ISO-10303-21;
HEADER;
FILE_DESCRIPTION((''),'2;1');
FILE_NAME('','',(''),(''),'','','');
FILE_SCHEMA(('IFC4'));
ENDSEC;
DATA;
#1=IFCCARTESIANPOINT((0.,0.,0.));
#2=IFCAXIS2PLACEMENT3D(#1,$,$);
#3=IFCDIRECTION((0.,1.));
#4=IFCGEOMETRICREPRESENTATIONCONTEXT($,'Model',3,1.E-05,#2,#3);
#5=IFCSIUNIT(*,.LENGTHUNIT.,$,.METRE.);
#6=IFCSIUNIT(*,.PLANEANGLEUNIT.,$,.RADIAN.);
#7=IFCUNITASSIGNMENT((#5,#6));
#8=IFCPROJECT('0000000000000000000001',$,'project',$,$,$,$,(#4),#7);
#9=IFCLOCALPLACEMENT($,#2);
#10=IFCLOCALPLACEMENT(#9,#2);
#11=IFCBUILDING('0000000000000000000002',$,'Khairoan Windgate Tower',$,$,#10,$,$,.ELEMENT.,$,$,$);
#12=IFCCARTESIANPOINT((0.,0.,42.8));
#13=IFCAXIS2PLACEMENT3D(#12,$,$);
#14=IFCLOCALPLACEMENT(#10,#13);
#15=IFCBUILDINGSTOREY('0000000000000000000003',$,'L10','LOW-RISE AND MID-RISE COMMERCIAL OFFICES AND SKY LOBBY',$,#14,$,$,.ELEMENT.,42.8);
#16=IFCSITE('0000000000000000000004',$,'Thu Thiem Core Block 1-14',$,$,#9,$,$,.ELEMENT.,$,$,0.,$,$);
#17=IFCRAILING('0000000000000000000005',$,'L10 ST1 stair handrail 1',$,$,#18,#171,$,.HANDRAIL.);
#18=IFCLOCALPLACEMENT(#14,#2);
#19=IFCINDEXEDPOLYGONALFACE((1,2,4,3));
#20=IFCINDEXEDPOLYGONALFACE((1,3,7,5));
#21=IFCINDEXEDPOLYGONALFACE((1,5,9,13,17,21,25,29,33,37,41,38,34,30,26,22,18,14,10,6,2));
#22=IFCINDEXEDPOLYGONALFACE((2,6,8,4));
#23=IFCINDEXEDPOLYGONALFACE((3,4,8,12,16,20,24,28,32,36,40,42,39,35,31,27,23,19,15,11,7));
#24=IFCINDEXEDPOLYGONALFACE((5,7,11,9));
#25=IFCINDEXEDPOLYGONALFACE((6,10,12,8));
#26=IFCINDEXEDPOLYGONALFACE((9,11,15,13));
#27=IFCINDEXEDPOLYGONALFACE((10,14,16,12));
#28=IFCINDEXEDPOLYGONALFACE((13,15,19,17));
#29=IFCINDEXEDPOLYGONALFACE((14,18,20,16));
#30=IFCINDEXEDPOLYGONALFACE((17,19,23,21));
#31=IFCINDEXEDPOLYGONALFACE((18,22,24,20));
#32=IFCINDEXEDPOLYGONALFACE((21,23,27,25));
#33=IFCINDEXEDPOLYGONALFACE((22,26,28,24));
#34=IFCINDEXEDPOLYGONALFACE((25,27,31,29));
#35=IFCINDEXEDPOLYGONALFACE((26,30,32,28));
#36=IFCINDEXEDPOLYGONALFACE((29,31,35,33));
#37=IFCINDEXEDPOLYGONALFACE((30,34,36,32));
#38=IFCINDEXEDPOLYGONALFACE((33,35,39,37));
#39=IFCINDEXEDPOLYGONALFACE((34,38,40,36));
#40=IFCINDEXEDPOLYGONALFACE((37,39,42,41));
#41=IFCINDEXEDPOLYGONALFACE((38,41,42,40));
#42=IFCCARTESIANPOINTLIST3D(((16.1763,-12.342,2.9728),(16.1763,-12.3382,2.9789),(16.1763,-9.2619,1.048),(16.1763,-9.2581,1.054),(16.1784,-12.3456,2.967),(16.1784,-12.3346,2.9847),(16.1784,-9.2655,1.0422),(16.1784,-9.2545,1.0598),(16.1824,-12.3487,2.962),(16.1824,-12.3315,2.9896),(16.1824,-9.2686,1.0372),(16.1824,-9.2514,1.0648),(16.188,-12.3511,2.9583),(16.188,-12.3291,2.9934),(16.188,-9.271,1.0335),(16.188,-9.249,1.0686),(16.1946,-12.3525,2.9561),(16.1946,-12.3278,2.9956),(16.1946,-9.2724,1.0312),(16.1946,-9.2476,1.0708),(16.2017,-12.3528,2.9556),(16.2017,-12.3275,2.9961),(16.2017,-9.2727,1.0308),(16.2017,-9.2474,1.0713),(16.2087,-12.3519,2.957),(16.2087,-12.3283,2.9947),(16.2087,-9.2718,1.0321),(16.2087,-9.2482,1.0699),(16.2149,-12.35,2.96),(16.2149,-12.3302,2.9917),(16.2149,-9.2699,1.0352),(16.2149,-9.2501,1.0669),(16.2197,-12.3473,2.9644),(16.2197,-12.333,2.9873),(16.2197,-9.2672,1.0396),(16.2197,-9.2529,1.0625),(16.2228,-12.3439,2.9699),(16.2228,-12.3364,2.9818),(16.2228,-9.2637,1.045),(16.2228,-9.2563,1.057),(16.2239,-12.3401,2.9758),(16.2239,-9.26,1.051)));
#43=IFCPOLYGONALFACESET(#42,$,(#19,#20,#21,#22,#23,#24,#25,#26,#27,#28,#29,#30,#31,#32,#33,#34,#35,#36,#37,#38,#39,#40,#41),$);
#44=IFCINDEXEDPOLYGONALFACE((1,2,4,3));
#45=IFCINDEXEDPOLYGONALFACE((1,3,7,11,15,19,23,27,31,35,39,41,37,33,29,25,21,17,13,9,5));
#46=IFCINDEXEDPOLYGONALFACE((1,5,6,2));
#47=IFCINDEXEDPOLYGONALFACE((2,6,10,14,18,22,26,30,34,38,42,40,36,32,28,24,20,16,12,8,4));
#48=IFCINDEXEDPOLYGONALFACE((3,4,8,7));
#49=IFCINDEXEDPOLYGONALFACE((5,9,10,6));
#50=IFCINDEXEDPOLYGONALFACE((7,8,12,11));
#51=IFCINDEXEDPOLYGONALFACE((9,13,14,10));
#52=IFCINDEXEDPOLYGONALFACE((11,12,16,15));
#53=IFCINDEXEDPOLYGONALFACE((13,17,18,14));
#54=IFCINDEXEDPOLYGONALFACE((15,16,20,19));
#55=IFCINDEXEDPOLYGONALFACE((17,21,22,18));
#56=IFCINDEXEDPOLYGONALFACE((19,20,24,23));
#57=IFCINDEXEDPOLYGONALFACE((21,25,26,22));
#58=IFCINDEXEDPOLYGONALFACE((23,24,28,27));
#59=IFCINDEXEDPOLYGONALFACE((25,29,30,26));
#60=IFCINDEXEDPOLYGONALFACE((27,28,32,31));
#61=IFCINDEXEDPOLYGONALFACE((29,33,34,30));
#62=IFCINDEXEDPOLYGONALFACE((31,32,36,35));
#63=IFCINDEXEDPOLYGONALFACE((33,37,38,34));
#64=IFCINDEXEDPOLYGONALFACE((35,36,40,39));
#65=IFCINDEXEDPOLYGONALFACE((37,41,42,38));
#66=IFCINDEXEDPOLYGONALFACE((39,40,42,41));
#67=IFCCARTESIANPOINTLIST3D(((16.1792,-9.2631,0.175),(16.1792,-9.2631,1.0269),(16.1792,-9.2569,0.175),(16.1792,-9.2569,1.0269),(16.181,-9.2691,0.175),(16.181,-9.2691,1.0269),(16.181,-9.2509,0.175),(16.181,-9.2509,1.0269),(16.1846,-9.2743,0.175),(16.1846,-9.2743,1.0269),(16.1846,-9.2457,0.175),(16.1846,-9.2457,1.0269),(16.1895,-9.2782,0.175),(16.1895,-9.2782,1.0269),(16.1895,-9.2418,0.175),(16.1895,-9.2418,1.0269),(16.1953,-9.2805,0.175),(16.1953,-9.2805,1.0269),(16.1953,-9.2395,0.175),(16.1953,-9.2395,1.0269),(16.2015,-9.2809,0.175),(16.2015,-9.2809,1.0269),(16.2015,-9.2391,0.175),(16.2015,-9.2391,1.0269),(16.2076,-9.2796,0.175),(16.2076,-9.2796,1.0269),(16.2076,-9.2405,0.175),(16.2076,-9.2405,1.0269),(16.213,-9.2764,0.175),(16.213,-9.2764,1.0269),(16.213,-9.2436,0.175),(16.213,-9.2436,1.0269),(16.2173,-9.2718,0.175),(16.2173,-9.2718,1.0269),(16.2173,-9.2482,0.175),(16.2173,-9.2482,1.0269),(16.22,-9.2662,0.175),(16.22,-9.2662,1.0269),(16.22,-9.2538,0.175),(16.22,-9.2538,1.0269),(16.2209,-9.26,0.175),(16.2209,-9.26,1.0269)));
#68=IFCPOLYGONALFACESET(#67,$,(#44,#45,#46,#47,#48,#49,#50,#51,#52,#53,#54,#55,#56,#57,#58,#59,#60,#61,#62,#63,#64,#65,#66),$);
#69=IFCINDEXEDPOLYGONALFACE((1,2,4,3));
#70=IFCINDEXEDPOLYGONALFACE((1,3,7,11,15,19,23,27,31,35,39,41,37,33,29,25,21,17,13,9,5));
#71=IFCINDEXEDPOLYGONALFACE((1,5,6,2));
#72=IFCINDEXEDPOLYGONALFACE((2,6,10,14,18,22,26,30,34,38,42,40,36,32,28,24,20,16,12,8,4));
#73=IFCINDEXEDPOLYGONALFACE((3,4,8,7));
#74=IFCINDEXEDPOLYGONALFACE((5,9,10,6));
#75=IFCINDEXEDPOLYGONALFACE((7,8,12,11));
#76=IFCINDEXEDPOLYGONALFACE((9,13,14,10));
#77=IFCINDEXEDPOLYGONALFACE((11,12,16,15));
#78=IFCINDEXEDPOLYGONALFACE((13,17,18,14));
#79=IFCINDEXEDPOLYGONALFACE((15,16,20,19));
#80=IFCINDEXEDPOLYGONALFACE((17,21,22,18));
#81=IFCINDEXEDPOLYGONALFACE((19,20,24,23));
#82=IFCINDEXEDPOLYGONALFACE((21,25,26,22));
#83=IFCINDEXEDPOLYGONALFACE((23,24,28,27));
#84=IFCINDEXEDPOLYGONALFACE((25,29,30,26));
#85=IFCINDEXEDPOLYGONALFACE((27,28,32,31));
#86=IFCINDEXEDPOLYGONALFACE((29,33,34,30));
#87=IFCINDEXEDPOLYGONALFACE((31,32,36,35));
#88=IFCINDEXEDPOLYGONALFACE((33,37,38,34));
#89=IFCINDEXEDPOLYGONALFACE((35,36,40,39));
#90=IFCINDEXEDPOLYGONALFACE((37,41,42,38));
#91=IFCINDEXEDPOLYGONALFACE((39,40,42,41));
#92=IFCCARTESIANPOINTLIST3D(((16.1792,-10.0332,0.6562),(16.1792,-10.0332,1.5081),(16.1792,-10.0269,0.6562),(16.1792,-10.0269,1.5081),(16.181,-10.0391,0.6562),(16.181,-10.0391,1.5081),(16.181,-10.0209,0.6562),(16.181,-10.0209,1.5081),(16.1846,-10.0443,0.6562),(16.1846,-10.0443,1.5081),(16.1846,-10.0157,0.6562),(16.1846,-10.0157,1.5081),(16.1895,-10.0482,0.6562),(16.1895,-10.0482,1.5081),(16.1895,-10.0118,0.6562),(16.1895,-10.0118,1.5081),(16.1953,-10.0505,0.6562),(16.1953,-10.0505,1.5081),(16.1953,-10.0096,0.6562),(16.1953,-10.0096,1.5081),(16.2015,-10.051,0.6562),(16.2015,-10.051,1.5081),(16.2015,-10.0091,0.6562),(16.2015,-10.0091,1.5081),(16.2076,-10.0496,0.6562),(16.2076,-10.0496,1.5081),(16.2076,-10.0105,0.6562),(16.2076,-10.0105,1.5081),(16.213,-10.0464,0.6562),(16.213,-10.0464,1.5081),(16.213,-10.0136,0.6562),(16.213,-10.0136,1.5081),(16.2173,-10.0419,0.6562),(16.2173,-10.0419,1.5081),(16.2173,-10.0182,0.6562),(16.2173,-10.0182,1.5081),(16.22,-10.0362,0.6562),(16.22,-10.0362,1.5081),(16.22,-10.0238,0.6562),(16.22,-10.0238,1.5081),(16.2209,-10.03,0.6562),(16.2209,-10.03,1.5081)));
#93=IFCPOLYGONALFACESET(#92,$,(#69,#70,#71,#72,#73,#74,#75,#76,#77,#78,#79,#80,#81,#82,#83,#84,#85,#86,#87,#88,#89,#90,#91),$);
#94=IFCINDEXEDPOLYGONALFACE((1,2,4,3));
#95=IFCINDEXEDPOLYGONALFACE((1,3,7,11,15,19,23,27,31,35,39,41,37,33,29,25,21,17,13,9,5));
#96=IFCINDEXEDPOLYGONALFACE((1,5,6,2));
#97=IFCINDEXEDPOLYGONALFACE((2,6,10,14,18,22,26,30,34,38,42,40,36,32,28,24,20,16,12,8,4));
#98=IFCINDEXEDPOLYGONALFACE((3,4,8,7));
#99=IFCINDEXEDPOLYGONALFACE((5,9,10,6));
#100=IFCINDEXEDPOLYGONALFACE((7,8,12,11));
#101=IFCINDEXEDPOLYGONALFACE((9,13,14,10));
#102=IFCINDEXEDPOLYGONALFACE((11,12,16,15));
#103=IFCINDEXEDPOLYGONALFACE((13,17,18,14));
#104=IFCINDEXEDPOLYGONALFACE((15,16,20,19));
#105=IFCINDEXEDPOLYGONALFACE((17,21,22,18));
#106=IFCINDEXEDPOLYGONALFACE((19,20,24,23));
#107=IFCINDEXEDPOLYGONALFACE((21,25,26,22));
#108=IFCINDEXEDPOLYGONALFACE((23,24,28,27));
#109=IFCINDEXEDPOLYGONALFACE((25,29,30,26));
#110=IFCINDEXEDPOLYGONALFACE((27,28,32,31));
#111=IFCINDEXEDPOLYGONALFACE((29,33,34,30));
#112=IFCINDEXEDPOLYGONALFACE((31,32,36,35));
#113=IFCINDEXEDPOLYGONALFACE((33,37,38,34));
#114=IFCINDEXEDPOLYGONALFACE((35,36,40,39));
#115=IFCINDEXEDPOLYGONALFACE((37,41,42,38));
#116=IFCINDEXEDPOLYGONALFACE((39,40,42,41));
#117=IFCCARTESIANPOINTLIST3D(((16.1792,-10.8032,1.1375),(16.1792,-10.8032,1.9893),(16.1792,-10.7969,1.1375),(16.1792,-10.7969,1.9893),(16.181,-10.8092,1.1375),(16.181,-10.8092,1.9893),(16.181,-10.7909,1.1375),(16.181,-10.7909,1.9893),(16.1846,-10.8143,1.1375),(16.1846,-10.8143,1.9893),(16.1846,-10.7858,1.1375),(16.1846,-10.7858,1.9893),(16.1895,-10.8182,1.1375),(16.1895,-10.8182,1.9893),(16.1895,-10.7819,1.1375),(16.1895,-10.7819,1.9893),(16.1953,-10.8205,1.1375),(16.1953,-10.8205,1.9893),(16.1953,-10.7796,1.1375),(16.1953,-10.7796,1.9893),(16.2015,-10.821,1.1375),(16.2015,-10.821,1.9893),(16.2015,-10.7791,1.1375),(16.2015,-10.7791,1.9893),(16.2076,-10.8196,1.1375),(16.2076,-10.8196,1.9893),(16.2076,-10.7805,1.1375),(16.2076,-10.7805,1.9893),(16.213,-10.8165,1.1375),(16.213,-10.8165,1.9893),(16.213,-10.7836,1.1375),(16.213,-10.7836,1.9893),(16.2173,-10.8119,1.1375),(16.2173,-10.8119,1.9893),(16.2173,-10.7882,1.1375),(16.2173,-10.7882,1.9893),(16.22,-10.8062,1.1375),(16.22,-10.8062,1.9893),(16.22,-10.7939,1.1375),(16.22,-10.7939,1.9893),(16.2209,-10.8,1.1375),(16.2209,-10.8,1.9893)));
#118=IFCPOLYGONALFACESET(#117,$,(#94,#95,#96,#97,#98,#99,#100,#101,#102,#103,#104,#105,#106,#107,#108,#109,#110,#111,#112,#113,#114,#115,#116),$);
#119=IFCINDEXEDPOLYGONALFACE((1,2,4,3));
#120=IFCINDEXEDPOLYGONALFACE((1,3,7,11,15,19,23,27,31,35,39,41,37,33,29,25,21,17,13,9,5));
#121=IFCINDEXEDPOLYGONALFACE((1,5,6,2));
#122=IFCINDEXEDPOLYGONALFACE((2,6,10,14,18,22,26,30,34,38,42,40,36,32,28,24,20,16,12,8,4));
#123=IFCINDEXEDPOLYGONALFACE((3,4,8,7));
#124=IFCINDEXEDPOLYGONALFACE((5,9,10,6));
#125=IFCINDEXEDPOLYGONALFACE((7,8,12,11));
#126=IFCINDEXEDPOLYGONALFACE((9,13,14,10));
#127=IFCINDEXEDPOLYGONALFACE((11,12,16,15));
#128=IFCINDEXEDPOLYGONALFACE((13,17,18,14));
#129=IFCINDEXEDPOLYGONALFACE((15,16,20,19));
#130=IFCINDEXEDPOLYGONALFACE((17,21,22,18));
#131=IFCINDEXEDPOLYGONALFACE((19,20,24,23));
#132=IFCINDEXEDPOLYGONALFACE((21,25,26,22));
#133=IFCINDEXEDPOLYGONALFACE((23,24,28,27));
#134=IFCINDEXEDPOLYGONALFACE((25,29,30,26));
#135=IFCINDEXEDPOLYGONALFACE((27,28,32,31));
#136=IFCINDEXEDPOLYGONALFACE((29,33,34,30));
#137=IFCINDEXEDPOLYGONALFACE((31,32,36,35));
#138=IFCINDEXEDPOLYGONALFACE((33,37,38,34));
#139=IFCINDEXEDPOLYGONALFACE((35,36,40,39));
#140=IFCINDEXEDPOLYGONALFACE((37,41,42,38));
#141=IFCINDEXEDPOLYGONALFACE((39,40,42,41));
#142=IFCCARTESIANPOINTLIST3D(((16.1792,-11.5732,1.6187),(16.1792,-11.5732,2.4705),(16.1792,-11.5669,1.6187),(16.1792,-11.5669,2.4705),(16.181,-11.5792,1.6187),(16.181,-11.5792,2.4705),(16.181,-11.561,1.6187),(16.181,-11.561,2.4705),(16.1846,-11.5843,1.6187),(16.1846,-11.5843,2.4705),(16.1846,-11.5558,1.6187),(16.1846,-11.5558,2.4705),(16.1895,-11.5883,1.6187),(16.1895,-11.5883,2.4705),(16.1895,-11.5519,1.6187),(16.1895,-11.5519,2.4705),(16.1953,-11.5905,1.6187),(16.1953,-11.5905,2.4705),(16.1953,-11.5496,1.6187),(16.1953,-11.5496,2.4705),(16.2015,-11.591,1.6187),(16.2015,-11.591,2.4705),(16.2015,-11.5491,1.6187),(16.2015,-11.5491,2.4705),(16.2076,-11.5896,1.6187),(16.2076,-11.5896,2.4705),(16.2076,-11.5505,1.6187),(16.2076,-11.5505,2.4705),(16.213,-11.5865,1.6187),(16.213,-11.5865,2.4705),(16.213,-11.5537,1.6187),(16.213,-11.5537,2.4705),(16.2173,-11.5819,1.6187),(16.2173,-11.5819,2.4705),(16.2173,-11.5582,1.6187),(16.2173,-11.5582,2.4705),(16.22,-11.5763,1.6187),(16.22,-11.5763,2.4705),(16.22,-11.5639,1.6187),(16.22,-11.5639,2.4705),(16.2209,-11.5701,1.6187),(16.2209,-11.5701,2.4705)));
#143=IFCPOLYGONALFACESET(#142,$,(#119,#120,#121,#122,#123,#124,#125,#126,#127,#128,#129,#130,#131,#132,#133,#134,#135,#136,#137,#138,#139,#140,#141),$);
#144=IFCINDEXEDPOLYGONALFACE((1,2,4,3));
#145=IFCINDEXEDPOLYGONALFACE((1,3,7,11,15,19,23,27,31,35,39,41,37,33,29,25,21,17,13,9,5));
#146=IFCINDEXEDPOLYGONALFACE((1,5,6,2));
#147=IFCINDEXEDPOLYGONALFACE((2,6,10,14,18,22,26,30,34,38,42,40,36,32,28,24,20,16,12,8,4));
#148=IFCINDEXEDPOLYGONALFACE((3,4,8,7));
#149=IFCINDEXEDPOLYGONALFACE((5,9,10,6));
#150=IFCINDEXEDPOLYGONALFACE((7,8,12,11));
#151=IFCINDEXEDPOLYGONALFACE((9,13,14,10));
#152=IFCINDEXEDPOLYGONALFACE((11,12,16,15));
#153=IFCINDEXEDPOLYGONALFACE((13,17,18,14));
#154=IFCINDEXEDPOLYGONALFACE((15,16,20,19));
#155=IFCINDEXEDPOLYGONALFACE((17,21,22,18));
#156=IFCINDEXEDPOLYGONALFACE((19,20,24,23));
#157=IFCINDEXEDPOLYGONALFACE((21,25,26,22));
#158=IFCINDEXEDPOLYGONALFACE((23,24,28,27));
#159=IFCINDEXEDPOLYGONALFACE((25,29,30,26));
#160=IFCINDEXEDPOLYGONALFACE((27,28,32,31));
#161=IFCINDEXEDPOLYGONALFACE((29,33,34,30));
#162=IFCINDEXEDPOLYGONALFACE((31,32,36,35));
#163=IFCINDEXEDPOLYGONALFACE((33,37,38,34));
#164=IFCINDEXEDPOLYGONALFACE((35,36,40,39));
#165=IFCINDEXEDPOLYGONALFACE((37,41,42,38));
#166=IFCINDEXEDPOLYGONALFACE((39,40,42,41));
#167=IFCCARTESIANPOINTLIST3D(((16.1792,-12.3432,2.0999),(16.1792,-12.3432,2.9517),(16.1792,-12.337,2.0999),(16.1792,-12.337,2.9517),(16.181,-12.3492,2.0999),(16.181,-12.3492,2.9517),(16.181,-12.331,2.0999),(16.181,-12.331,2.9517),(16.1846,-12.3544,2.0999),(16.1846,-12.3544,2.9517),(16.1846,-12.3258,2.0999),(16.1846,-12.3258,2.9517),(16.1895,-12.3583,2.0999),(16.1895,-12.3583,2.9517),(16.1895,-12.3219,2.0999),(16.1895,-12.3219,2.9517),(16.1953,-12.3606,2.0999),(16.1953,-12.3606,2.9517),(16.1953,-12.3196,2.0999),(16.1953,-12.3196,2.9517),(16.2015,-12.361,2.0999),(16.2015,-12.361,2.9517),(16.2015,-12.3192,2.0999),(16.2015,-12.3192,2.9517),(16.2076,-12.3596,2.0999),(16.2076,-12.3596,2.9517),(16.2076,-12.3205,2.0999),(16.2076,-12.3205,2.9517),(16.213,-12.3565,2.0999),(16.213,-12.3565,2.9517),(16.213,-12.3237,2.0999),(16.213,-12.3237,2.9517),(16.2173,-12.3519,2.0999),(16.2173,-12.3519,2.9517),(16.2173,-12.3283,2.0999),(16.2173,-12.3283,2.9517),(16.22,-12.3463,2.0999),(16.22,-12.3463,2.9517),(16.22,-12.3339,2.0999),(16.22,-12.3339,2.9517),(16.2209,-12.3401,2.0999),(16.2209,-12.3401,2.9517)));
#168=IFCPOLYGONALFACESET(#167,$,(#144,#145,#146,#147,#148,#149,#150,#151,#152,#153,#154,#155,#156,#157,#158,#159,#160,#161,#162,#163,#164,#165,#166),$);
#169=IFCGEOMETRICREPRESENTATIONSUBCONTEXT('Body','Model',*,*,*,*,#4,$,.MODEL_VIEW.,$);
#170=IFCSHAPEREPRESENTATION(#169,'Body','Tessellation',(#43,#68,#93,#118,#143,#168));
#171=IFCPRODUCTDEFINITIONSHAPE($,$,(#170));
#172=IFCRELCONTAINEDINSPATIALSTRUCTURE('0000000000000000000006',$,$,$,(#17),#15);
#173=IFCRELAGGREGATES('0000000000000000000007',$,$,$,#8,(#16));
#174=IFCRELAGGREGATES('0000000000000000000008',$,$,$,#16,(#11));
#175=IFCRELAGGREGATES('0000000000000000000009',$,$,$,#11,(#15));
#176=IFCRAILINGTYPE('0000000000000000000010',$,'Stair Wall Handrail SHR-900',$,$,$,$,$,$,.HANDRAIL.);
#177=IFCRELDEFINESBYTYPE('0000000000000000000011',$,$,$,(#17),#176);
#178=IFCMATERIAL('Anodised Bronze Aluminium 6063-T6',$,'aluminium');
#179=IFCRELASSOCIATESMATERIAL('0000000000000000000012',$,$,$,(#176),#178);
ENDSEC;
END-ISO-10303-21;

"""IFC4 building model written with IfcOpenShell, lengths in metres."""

from ifc_helpers import new_model, si_unit, direction, frame, origin, origin_2d, place, context, subcontext, project, spatial, circle, extrude, material, type_object, element, save


model = new_model("IFC4")

# Units and contexts
model_context = context("Model", 3, precision=1e-05, world=origin(), true_north=direction((0.0, 1.0)))
body_context = subcontext(model_context, "Body", "Model", "MODEL_VIEW")
ifc_project = project(units=[si_unit("LENGTHUNIT", "METRE"), si_unit("PLANEANGLEUNIT", "RADIAN")], contexts=[model_context])

# Site, building, storey
site_placement = place(None, origin())
site = spatial("IfcSite", under=ifc_project, at=site_placement, Name="Thu Thiem Core Block 1-14", CompositionType="ELEMENT", RefElevation=0.0)
building_placement = place(site_placement, origin())
building = spatial("IfcBuilding", under=site, at=building_placement, Name="Khairoan Windgate Tower", CompositionType="ELEMENT")
storey_placement = place(building_placement, frame((0.0, 0.0, 42.8)))
storey = spatial("IfcBuildingStorey", under=building, at=storey_placement, Name="L10", Description="LOW-RISE AND MID-RISE COMMERCIAL OFFICES AND SKY LOBBY", CompositionType="ELEMENT", Elevation=42.8)

# Railing
ifc_material_1 = material(Name="Anodised Bronze Aluminium 6063-T6", Category="aluminium")
railing_type_1 = type_object("IfcRailingType", Name="Stair Wall Handrail SHR-900", PredefinedType="HANDRAIL", material=ifc_material_1)
railing_1_placement = place(storey_placement, frame((16.2, -9.26, 0.175)))
element("IfcRailing", 1, at=railing_1_placement, inside=storey, type_object=railing_type_1, Name="L10 ST1 stair handrail 1", PredefinedType="HANDRAIL", context=body_context, shape_type="SweptSolid", body=[
    extrude(circle(Radius=0.0239, at=origin_2d()), frame((0.0, 0.0, 0.876), z_axis=(0.0, -0.848029, 0.529951), x_axis=(1.0, 0.0, 0.0)), (0.0, 0.0, 1.0), 3.6321),
    extrude(circle(Radius=0.021, at=origin_2d()), origin(), (0.0, 0.0, 1.0), 0.8518),
    extrude(circle(Radius=0.021, at=origin_2d()), frame((0.0, -0.77, 0.4812)), (0.0, 0.0, 1.0), 0.8518),
    extrude(circle(Radius=0.021, at=origin_2d()), frame((0.0, -1.54, 0.9624)), (0.0, 0.0, 1.0), 0.8518),
    extrude(circle(Radius=0.021, at=origin_2d()), frame((0.0, -2.3101, 1.4436)), (0.0, 0.0, 1.0), 0.8518),
    extrude(circle(Radius=0.021, at=origin_2d()), frame((0.0, -3.0801, 1.9248)), (0.0, 0.0, 1.0), 0.8518),
])

save(model, "model.ifc")
